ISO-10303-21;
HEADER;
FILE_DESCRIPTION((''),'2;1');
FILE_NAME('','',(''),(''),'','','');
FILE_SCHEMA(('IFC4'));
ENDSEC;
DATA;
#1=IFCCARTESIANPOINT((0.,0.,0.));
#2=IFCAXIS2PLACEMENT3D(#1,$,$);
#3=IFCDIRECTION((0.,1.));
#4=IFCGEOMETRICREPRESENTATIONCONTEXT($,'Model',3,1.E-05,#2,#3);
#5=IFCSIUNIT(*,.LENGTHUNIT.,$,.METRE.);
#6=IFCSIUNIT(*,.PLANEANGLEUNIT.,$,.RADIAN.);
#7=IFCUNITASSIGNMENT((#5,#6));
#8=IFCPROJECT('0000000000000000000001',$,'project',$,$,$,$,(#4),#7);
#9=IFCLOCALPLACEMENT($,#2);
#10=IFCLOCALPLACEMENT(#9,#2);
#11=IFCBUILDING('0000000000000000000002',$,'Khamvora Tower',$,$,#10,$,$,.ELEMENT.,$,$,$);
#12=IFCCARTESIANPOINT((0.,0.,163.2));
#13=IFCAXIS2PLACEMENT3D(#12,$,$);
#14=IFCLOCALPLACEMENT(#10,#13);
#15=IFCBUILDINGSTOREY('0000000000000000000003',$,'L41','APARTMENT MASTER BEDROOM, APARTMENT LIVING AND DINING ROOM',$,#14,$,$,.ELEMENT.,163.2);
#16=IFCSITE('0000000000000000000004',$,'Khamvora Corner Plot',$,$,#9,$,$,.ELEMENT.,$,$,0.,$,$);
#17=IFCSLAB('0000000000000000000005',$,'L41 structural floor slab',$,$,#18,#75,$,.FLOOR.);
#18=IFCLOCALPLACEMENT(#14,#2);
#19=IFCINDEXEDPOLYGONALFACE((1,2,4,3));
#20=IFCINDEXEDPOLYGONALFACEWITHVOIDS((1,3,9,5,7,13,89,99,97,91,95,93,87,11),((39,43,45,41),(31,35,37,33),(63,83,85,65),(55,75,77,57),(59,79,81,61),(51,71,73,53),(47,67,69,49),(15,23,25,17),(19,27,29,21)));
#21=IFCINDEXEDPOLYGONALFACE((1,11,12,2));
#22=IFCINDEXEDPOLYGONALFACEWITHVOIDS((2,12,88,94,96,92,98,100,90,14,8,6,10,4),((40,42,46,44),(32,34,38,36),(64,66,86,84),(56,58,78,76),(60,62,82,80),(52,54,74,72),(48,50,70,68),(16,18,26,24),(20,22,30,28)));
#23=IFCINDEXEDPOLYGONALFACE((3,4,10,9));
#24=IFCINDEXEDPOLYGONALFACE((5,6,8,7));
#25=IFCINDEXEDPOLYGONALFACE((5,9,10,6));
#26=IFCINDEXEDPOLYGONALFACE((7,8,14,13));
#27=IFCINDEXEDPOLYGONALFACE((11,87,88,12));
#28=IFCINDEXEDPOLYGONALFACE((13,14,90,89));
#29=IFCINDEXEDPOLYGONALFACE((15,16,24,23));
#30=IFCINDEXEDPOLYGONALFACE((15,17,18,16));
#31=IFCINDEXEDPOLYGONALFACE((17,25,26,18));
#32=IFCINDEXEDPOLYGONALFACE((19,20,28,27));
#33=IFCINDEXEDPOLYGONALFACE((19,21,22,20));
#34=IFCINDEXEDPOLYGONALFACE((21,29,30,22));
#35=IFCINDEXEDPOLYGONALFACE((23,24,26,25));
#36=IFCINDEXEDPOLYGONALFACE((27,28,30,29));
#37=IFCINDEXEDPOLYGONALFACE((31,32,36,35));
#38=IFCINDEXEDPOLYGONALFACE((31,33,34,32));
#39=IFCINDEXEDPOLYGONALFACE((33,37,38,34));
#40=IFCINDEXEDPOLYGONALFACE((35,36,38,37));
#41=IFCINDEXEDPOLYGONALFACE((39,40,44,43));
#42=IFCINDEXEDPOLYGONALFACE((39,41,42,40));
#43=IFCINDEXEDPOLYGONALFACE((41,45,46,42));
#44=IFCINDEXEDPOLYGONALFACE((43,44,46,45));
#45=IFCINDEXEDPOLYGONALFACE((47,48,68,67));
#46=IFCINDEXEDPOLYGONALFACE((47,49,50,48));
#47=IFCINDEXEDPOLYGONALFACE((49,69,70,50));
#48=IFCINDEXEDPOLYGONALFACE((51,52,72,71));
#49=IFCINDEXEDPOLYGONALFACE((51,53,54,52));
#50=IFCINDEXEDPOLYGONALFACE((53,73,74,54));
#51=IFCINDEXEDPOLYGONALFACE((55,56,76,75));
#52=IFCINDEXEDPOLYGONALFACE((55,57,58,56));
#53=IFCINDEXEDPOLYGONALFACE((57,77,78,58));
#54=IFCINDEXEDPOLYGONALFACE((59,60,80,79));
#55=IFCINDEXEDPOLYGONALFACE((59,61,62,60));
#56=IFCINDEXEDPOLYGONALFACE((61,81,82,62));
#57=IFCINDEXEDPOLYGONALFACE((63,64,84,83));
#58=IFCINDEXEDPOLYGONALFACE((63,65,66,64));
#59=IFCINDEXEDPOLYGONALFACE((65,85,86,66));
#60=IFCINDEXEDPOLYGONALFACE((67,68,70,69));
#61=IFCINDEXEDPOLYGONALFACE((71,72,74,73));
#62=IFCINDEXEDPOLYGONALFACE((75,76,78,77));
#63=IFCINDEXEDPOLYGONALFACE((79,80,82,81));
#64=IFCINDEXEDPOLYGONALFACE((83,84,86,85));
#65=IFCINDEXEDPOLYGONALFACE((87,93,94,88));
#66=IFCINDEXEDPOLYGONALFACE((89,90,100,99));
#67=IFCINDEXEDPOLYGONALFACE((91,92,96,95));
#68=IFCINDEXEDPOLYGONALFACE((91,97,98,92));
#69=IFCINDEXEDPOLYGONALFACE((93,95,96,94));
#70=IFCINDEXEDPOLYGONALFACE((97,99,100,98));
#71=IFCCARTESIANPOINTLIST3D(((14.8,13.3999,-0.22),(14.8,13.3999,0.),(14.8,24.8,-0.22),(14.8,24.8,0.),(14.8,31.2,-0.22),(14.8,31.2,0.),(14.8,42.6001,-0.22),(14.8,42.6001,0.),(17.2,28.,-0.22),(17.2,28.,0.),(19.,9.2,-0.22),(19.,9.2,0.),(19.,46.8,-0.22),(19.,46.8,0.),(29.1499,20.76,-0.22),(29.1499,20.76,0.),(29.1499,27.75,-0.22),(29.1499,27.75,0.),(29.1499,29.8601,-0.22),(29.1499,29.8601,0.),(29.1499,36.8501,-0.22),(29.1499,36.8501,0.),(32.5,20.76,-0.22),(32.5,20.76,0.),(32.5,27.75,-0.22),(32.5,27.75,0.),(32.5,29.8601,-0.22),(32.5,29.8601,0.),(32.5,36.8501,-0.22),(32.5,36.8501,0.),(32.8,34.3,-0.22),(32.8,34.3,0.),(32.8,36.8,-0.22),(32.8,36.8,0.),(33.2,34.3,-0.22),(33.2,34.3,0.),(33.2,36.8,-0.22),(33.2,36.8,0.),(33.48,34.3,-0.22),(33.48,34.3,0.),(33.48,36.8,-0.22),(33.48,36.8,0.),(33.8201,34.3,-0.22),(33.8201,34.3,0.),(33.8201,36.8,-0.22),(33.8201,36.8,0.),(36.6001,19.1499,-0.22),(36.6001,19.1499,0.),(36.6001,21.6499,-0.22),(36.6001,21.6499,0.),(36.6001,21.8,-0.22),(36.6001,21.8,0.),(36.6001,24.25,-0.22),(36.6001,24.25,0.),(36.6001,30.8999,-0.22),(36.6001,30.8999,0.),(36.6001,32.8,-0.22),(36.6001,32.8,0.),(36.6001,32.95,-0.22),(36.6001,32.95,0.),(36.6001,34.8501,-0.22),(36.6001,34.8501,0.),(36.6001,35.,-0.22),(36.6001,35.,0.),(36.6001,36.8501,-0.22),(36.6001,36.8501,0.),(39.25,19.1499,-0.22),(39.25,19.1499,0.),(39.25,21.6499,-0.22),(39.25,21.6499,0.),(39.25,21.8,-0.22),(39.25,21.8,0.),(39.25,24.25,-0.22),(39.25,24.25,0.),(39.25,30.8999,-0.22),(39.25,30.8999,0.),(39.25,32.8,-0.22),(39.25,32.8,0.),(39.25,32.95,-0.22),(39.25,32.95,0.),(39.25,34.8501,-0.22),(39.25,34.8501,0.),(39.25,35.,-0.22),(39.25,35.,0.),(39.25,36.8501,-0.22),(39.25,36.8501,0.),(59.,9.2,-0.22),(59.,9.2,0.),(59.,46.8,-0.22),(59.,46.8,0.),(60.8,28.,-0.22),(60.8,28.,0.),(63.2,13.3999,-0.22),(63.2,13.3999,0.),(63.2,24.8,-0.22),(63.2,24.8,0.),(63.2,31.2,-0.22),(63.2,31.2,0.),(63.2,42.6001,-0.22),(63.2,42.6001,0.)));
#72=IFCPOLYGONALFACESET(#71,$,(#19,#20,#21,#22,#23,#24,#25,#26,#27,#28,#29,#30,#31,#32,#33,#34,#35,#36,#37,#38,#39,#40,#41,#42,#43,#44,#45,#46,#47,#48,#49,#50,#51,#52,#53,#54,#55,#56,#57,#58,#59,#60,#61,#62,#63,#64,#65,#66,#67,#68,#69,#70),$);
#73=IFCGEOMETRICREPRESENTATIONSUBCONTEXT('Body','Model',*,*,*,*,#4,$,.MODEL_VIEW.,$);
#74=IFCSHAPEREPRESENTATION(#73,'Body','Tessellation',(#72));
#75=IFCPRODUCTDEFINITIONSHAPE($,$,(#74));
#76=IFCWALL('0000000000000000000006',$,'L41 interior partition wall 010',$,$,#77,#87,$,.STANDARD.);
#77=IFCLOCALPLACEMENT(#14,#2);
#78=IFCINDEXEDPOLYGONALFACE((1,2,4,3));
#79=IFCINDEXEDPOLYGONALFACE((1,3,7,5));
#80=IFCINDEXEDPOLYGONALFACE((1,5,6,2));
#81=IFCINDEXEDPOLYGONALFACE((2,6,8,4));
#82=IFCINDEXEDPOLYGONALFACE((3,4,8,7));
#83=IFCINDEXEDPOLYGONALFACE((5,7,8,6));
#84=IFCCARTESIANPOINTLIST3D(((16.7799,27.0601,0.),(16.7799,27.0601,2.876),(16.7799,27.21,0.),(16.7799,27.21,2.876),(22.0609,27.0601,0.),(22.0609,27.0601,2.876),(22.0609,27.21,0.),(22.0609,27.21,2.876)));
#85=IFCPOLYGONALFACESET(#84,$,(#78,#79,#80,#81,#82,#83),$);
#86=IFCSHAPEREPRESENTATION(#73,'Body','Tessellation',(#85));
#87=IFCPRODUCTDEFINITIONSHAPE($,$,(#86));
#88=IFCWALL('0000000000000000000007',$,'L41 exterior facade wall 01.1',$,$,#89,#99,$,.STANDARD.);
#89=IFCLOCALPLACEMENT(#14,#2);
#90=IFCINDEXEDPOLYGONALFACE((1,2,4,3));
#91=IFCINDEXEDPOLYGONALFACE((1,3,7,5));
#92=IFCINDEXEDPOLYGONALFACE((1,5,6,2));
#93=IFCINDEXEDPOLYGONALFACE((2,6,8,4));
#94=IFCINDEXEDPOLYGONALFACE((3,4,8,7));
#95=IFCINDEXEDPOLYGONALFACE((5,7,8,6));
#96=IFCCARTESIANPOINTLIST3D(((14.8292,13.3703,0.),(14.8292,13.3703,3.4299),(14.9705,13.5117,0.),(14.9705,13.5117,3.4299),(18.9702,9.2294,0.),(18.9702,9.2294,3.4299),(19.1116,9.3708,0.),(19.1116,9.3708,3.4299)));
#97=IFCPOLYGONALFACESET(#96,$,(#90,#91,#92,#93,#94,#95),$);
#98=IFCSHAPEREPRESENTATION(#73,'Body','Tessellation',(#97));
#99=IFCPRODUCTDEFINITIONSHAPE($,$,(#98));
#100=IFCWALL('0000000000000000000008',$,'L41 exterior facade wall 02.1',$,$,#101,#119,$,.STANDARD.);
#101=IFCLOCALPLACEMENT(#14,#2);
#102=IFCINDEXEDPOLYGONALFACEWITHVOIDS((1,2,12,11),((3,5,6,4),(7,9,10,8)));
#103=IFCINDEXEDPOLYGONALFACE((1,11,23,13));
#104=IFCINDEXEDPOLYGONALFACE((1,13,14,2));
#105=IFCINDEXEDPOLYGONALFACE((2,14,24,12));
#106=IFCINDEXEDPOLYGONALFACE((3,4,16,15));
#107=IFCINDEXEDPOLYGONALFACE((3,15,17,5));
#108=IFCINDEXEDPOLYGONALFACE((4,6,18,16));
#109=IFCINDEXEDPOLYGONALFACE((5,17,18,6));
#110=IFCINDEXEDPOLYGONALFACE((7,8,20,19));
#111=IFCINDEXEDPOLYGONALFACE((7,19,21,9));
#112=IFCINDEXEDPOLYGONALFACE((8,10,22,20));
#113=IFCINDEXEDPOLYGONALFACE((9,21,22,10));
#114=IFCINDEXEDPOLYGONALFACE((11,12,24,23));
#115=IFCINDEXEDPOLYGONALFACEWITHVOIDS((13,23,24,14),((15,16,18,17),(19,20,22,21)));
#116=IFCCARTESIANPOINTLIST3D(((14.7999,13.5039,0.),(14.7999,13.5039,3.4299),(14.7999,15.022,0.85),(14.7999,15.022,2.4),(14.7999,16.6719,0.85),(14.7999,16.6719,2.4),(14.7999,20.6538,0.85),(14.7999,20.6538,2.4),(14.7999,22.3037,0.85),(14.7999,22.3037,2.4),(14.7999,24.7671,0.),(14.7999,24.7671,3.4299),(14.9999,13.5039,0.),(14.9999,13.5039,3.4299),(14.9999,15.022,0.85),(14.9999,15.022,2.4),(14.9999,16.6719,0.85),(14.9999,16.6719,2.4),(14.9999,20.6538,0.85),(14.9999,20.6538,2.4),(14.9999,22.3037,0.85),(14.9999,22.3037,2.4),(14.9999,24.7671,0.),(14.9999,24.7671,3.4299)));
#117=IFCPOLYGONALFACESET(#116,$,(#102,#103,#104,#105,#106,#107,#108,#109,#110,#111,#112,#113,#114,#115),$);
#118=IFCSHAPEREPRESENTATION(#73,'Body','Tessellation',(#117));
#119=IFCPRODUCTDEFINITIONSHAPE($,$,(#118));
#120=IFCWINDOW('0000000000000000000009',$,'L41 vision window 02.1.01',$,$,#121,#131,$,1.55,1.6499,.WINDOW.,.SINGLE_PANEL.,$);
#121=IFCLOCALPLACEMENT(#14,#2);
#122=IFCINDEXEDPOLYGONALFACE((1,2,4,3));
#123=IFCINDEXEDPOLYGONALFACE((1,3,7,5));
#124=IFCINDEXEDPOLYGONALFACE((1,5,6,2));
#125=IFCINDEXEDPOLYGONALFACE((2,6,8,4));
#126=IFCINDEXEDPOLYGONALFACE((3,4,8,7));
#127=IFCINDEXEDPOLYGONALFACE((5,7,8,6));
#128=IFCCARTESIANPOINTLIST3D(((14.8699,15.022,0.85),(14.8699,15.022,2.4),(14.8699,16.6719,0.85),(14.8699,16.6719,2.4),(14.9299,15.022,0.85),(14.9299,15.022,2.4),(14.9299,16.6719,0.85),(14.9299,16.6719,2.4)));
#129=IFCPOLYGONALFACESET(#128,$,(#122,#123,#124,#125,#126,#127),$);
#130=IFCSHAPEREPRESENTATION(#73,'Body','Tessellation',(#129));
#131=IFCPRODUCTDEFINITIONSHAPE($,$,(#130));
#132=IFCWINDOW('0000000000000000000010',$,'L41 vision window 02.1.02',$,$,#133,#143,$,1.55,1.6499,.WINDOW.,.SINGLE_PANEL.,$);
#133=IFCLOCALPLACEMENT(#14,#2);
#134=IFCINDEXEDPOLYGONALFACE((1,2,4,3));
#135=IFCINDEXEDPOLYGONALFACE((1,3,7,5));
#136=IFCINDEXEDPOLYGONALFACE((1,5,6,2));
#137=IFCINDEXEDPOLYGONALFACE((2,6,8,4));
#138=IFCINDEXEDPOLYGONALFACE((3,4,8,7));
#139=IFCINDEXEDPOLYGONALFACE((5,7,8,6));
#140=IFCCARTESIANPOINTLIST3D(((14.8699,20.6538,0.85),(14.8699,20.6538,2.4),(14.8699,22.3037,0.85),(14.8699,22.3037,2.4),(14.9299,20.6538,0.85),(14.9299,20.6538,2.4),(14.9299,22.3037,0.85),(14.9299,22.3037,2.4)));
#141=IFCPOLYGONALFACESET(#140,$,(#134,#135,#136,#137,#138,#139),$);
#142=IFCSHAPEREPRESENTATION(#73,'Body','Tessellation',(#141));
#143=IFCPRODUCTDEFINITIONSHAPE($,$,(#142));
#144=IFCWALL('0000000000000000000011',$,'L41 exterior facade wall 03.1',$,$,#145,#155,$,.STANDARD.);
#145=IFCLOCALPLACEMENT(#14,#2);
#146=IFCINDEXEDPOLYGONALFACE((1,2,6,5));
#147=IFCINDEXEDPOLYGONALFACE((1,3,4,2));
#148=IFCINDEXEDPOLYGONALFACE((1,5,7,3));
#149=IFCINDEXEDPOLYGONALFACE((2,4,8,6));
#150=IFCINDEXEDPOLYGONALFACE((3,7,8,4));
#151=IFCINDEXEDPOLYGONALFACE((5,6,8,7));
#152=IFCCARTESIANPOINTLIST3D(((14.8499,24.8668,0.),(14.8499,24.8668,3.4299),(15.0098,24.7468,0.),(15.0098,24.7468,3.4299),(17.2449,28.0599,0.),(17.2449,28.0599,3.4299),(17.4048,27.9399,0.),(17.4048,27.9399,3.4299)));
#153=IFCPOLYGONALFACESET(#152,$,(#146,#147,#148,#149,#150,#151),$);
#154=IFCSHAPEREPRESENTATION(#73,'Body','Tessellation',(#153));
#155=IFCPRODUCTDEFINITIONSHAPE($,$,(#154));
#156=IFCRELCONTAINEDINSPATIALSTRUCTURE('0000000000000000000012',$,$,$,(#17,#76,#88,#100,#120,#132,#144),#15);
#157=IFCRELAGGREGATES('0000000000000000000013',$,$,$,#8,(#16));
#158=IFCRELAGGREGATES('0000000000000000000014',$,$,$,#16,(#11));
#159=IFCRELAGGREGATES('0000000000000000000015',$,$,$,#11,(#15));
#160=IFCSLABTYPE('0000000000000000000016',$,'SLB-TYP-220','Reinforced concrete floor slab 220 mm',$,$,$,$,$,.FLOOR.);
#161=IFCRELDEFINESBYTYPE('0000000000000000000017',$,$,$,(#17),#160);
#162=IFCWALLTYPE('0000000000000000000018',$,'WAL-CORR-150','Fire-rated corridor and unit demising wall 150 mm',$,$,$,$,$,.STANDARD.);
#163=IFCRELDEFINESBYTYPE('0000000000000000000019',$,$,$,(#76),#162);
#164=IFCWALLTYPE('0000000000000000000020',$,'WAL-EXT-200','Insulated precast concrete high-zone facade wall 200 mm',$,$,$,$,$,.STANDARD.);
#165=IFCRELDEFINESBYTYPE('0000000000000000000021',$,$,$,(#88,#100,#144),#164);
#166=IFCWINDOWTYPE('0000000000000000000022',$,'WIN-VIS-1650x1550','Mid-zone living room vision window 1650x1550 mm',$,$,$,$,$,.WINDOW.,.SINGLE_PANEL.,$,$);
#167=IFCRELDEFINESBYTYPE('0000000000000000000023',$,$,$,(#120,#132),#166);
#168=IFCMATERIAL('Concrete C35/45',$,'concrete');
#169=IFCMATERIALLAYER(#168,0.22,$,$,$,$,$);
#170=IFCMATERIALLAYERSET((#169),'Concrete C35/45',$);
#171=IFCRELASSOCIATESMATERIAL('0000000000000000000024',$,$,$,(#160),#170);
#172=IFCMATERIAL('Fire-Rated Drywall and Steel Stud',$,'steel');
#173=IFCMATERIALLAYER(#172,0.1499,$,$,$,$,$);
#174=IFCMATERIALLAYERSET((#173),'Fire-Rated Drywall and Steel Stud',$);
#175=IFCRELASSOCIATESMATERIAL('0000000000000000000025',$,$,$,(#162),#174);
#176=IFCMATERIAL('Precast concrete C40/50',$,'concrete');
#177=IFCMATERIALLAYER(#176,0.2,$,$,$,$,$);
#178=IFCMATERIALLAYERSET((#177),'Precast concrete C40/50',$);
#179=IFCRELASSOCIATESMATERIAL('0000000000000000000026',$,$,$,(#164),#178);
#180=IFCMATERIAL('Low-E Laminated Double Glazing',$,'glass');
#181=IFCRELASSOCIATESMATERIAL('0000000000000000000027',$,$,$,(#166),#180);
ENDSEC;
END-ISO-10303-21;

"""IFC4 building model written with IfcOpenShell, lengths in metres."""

from ifc_helpers import new_model, si_unit, direction, frame, frame_2d, origin, place, context, subcontext, project, spatial, polyline, rectangle, outline, extrude, material, layer, layer_set, type_object, element, fill, save


model = new_model("IFC4")

# Units and contexts
model_context = context("Model", 3, precision=1e-05, world=origin(), true_north=direction((0.0, 1.0)))
body_context = subcontext(model_context, "Body", "Model", "MODEL_VIEW")
ifc_project = project(units=[si_unit("LENGTHUNIT", "METRE"), si_unit("PLANEANGLEUNIT", "RADIAN")], contexts=[model_context])

# Site, building, storey
site_placement = place(None, origin())
site = spatial("IfcSite", under=ifc_project, at=site_placement, Name="Khamvora Corner Plot", CompositionType="ELEMENT", RefElevation=0.0)
building_placement = place(site_placement, origin())
building = spatial("IfcBuilding", under=site, at=building_placement, Name="Khamvora Tower", CompositionType="ELEMENT")
storey_placement = place(building_placement, frame((0.0, 0.0, 163.2)))
storey = spatial("IfcBuildingStorey", under=building, at=storey_placement, Name="L41", Description="APARTMENT MASTER BEDROOM, APARTMENT LIVING AND DINING ROOM", CompositionType="ELEMENT", Elevation=163.2)

# Slab
ifc_material_1 = material(Name="Concrete C35/45", Category="concrete")
ifc_layer_1 = layer(ifc_material_1, 0.22)
ifc_layer_set_1 = layer_set([ifc_layer_1], Name="Concrete C35/45")
slab_type_1 = type_object("IfcSlabType", Name="SLB-TYP-220", Description="Reinforced concrete floor slab 220 mm", PredefinedType="FLOOR", material=ifc_layer_set_1)
slab_1_placement = place(storey_placement, frame((0.0, 0.0, -0.22)))
element("IfcSlab", 1, at=slab_1_placement, inside=storey, type_object=slab_type_1, Name="L41 structural floor slab", PredefinedType="FLOOR", context=body_context, shape_type="SweptSolid", body=[
    extrude(outline(polyline([(19.0, 9.2), (59.0, 9.2), (63.2, 13.3999), (63.2, 24.8), (60.8, 28.0), (63.2, 31.2), (63.2, 42.6001), (59.0, 46.8), (19.0, 46.8), (14.8, 42.6001), (14.8, 31.2), (17.2, 28.0), (14.8, 24.8), (14.8, 13.3999), (19.0, 9.2)]), holes=[polyline([(32.5, 20.76), (32.5, 27.75), (29.1499, 27.75), (29.1499, 20.76), (32.5, 20.76)]), polyline([(32.5, 29.8601), (32.5, 36.8501), (29.1499, 36.8501), (29.1499, 29.8601), (32.5, 29.8601)]), polyline([(36.6001, 19.1499), (39.25, 19.1499), (39.25, 21.6499), (36.6001, 21.6499), (36.6001, 19.1499)]), polyline([(36.6001, 21.8), (39.25, 21.8), (39.25, 24.25), (36.6001, 24.25), (36.6001, 21.8)]), polyline([(36.6001, 30.8999), (39.25, 30.8999), (39.25, 32.8), (36.6001, 32.8), (36.6001, 30.8999)]), polyline([(36.6001, 32.95), (39.25, 32.95), (39.25, 34.8501), (36.6001, 34.8501), (36.6001, 32.95)]), polyline([(36.6001, 35.0), (39.25, 35.0), (39.25, 36.8501), (36.6001, 36.8501), (36.6001, 35.0)]), polyline([(32.8, 34.3), (33.2, 34.3), (33.2, 36.8), (32.8, 36.8), (32.8, 34.3)]), polyline([(33.48, 34.3), (33.8201, 34.3), (33.8201, 36.8), (33.48, 36.8), (33.48, 34.3)])]), origin(), (0.0, 0.0, 1.0), 0.22),
])

# Walls
ifc_material_2 = material(Name="Fire-Rated Drywall and Steel Stud", Category="steel")
ifc_layer_2 = layer(ifc_material_2, 0.1499)
ifc_layer_set_2 = layer_set([ifc_layer_2], Name="Fire-Rated Drywall and Steel Stud")
wall_type_1 = type_object("IfcWallType", Name="WAL-CORR-150", Description="Fire-rated corridor and unit demising wall 150 mm", PredefinedType="STANDARD", material=ifc_layer_set_2)
wall_1_placement = place(storey_placement, frame((22.061, 27.135, 0.0), z_axis=(0.0, 0.0, 1.0), x_axis=(-1.0, 0.0, 0.0)))
element("IfcWall", 2, at=wall_1_placement, inside=storey, type_object=wall_type_1, Name="L41 interior partition wall 010", PredefinedType="STANDARD", context=body_context, shape_type="SweptSolid", body=[
    extrude(rectangle(XDim=5.281, YDim=0.1499, at=frame_2d((2.6406, 0.0))), origin(), (0.0, 0.0, 1.0), 2.876),
])
ifc_material_3 = material(Name="Precast concrete C40/50", Category="concrete")
ifc_layer_3 = layer(ifc_material_3, 0.2)
ifc_layer_set_3 = layer_set([ifc_layer_3], Name="Precast concrete C40/50")
wall_type_2 = type_object("IfcWallType", Name="WAL-EXT-200", Description="Insulated precast concrete high-zone facade wall 200 mm", PredefinedType="STANDARD", material=ifc_layer_set_3)
wall_2_placement = place(storey_placement, frame((19.041, 9.3, 0.0), z_axis=(0.0, 0.0, 1.0), x_axis=(-0.707128, 0.707086, 0.0)))
element("IfcWall", 3, at=wall_2_placement, inside=storey, type_object=wall_type_2, Name="L41 exterior facade wall 01.1", PredefinedType="STANDARD", context=body_context, shape_type="SweptSolid", body=[
    extrude(rectangle(XDim=5.8562, YDim=0.2, at=frame_2d((2.9282, 0.0))), origin(), (0.0, 0.0, 1.0), 3.4299),
])

# Wall, openings, windows
wall_3_placement = place(storey_placement, frame((14.8999, 13.5039, 0.0), z_axis=(0.0, 0.0, 1.0), x_axis=(0.0, 1.0, 0.0)))
wall_3 = element("IfcWall", 4, at=wall_3_placement, inside=storey, type_object=wall_type_2, Name="L41 exterior facade wall 02.1", PredefinedType="STANDARD", context=body_context, shape_type="SweptSolid", body=[
    extrude(rectangle(XDim=11.2632, YDim=0.2, at=frame_2d((5.6316, 0.0))), origin(), (0.0, 0.0, 1.0), 3.4299),
])
opening_1_placement = place(wall_3_placement, frame((1.5181, 0.0, 0.8501)))
opening_1 = element("IfcOpeningElement", 5, at=opening_1_placement, cuts=wall_3, PredefinedType="OPENING", context=body_context, shape_type="SweptSolid", body=[
    extrude(rectangle(XDim=1.6499, YDim=1.55, at=frame_2d((0.825, 0.7749))), frame((0.0, 0.1099, 0.0), z_axis=(0.0, -1.0, 0.0), x_axis=(1.0, 0.0, 0.0)), (0.0, 0.0, 1.0), 0.22),
])
opening_2_placement = place(wall_3_placement, frame((7.1499, 0.0, 0.8501)))
opening_2 = element("IfcOpeningElement", 6, at=opening_2_placement, cuts=wall_3, PredefinedType="OPENING", context=body_context, shape_type="SweptSolid", body=[
    extrude(rectangle(XDim=1.6499, YDim=1.55, at=frame_2d((0.825, 0.7749))), frame((0.0, 0.1099, 0.0), z_axis=(0.0, -1.0, 0.0), x_axis=(1.0, 0.0, 0.0)), (0.0, 0.0, 1.0), 0.22),
])
ifc_material_4 = material(Name="Low-E Laminated Double Glazing", Category="glass")
window_type = type_object("IfcWindowType", Name="WIN-VIS-1650x1550", Description="Mid-zone living room vision window 1650x1550 mm", PartitioningType="SINGLE_PANEL", PredefinedType="WINDOW", material=ifc_material_4)
window_1_placement = place(opening_1_placement, origin())
window_1 = element("IfcWindow", 7, at=window_1_placement, inside=storey, type_object=window_type, Name="L41 vision window 02.1.01", OverallHeight=1.55, OverallWidth=1.6499, PartitioningType="SINGLE_PANEL", PredefinedType="WINDOW", context=body_context, shape_type="SweptSolid", body=[
    extrude(rectangle(XDim=1.6499, YDim=1.55, at=frame_2d((0.825, 0.7749))), frame((0.0, 0.03, 0.0), z_axis=(0.0, -1.0, 0.0), x_axis=(1.0, 0.0, 0.0)), (0.0, 0.0, 1.0), 0.0601),
])
fill(opening_1, window_1)
window_2_placement = place(opening_2_placement, origin())
window_2 = element("IfcWindow", 8, at=window_2_placement, inside=storey, type_object=window_type, Name="L41 vision window 02.1.02", OverallHeight=1.55, OverallWidth=1.6499, PartitioningType="SINGLE_PANEL", PredefinedType="WINDOW", context=body_context, shape_type="SweptSolid", body=[
    extrude(rectangle(XDim=1.6499, YDim=1.55, at=frame_2d((0.825, 0.7749))), frame((0.0, 0.03, 0.0), z_axis=(0.0, -1.0, 0.0), x_axis=(1.0, 0.0, 0.0)), (0.0, 0.0, 1.0), 0.0601),
])
fill(opening_2, window_2)

# Wall
wall_4_placement = place(storey_placement, frame((14.9299, 24.8069, 0.0), z_axis=(0.0, 0.0, 1.0), x_axis=(0.600029, 0.799978, 0.0)))
element("IfcWall", 9, at=wall_4_placement, inside=storey, type_object=wall_type_2, Name="L41 exterior facade wall 03.1", PredefinedType="STANDARD", context=body_context, shape_type="SweptSolid", body=[
    extrude(rectangle(XDim=3.9915, YDim=0.2, at=frame_2d((1.9956, 0.0))), origin(), (0.0, 0.0, 1.0), 3.4299),
])

save(model, "model.ifc")
